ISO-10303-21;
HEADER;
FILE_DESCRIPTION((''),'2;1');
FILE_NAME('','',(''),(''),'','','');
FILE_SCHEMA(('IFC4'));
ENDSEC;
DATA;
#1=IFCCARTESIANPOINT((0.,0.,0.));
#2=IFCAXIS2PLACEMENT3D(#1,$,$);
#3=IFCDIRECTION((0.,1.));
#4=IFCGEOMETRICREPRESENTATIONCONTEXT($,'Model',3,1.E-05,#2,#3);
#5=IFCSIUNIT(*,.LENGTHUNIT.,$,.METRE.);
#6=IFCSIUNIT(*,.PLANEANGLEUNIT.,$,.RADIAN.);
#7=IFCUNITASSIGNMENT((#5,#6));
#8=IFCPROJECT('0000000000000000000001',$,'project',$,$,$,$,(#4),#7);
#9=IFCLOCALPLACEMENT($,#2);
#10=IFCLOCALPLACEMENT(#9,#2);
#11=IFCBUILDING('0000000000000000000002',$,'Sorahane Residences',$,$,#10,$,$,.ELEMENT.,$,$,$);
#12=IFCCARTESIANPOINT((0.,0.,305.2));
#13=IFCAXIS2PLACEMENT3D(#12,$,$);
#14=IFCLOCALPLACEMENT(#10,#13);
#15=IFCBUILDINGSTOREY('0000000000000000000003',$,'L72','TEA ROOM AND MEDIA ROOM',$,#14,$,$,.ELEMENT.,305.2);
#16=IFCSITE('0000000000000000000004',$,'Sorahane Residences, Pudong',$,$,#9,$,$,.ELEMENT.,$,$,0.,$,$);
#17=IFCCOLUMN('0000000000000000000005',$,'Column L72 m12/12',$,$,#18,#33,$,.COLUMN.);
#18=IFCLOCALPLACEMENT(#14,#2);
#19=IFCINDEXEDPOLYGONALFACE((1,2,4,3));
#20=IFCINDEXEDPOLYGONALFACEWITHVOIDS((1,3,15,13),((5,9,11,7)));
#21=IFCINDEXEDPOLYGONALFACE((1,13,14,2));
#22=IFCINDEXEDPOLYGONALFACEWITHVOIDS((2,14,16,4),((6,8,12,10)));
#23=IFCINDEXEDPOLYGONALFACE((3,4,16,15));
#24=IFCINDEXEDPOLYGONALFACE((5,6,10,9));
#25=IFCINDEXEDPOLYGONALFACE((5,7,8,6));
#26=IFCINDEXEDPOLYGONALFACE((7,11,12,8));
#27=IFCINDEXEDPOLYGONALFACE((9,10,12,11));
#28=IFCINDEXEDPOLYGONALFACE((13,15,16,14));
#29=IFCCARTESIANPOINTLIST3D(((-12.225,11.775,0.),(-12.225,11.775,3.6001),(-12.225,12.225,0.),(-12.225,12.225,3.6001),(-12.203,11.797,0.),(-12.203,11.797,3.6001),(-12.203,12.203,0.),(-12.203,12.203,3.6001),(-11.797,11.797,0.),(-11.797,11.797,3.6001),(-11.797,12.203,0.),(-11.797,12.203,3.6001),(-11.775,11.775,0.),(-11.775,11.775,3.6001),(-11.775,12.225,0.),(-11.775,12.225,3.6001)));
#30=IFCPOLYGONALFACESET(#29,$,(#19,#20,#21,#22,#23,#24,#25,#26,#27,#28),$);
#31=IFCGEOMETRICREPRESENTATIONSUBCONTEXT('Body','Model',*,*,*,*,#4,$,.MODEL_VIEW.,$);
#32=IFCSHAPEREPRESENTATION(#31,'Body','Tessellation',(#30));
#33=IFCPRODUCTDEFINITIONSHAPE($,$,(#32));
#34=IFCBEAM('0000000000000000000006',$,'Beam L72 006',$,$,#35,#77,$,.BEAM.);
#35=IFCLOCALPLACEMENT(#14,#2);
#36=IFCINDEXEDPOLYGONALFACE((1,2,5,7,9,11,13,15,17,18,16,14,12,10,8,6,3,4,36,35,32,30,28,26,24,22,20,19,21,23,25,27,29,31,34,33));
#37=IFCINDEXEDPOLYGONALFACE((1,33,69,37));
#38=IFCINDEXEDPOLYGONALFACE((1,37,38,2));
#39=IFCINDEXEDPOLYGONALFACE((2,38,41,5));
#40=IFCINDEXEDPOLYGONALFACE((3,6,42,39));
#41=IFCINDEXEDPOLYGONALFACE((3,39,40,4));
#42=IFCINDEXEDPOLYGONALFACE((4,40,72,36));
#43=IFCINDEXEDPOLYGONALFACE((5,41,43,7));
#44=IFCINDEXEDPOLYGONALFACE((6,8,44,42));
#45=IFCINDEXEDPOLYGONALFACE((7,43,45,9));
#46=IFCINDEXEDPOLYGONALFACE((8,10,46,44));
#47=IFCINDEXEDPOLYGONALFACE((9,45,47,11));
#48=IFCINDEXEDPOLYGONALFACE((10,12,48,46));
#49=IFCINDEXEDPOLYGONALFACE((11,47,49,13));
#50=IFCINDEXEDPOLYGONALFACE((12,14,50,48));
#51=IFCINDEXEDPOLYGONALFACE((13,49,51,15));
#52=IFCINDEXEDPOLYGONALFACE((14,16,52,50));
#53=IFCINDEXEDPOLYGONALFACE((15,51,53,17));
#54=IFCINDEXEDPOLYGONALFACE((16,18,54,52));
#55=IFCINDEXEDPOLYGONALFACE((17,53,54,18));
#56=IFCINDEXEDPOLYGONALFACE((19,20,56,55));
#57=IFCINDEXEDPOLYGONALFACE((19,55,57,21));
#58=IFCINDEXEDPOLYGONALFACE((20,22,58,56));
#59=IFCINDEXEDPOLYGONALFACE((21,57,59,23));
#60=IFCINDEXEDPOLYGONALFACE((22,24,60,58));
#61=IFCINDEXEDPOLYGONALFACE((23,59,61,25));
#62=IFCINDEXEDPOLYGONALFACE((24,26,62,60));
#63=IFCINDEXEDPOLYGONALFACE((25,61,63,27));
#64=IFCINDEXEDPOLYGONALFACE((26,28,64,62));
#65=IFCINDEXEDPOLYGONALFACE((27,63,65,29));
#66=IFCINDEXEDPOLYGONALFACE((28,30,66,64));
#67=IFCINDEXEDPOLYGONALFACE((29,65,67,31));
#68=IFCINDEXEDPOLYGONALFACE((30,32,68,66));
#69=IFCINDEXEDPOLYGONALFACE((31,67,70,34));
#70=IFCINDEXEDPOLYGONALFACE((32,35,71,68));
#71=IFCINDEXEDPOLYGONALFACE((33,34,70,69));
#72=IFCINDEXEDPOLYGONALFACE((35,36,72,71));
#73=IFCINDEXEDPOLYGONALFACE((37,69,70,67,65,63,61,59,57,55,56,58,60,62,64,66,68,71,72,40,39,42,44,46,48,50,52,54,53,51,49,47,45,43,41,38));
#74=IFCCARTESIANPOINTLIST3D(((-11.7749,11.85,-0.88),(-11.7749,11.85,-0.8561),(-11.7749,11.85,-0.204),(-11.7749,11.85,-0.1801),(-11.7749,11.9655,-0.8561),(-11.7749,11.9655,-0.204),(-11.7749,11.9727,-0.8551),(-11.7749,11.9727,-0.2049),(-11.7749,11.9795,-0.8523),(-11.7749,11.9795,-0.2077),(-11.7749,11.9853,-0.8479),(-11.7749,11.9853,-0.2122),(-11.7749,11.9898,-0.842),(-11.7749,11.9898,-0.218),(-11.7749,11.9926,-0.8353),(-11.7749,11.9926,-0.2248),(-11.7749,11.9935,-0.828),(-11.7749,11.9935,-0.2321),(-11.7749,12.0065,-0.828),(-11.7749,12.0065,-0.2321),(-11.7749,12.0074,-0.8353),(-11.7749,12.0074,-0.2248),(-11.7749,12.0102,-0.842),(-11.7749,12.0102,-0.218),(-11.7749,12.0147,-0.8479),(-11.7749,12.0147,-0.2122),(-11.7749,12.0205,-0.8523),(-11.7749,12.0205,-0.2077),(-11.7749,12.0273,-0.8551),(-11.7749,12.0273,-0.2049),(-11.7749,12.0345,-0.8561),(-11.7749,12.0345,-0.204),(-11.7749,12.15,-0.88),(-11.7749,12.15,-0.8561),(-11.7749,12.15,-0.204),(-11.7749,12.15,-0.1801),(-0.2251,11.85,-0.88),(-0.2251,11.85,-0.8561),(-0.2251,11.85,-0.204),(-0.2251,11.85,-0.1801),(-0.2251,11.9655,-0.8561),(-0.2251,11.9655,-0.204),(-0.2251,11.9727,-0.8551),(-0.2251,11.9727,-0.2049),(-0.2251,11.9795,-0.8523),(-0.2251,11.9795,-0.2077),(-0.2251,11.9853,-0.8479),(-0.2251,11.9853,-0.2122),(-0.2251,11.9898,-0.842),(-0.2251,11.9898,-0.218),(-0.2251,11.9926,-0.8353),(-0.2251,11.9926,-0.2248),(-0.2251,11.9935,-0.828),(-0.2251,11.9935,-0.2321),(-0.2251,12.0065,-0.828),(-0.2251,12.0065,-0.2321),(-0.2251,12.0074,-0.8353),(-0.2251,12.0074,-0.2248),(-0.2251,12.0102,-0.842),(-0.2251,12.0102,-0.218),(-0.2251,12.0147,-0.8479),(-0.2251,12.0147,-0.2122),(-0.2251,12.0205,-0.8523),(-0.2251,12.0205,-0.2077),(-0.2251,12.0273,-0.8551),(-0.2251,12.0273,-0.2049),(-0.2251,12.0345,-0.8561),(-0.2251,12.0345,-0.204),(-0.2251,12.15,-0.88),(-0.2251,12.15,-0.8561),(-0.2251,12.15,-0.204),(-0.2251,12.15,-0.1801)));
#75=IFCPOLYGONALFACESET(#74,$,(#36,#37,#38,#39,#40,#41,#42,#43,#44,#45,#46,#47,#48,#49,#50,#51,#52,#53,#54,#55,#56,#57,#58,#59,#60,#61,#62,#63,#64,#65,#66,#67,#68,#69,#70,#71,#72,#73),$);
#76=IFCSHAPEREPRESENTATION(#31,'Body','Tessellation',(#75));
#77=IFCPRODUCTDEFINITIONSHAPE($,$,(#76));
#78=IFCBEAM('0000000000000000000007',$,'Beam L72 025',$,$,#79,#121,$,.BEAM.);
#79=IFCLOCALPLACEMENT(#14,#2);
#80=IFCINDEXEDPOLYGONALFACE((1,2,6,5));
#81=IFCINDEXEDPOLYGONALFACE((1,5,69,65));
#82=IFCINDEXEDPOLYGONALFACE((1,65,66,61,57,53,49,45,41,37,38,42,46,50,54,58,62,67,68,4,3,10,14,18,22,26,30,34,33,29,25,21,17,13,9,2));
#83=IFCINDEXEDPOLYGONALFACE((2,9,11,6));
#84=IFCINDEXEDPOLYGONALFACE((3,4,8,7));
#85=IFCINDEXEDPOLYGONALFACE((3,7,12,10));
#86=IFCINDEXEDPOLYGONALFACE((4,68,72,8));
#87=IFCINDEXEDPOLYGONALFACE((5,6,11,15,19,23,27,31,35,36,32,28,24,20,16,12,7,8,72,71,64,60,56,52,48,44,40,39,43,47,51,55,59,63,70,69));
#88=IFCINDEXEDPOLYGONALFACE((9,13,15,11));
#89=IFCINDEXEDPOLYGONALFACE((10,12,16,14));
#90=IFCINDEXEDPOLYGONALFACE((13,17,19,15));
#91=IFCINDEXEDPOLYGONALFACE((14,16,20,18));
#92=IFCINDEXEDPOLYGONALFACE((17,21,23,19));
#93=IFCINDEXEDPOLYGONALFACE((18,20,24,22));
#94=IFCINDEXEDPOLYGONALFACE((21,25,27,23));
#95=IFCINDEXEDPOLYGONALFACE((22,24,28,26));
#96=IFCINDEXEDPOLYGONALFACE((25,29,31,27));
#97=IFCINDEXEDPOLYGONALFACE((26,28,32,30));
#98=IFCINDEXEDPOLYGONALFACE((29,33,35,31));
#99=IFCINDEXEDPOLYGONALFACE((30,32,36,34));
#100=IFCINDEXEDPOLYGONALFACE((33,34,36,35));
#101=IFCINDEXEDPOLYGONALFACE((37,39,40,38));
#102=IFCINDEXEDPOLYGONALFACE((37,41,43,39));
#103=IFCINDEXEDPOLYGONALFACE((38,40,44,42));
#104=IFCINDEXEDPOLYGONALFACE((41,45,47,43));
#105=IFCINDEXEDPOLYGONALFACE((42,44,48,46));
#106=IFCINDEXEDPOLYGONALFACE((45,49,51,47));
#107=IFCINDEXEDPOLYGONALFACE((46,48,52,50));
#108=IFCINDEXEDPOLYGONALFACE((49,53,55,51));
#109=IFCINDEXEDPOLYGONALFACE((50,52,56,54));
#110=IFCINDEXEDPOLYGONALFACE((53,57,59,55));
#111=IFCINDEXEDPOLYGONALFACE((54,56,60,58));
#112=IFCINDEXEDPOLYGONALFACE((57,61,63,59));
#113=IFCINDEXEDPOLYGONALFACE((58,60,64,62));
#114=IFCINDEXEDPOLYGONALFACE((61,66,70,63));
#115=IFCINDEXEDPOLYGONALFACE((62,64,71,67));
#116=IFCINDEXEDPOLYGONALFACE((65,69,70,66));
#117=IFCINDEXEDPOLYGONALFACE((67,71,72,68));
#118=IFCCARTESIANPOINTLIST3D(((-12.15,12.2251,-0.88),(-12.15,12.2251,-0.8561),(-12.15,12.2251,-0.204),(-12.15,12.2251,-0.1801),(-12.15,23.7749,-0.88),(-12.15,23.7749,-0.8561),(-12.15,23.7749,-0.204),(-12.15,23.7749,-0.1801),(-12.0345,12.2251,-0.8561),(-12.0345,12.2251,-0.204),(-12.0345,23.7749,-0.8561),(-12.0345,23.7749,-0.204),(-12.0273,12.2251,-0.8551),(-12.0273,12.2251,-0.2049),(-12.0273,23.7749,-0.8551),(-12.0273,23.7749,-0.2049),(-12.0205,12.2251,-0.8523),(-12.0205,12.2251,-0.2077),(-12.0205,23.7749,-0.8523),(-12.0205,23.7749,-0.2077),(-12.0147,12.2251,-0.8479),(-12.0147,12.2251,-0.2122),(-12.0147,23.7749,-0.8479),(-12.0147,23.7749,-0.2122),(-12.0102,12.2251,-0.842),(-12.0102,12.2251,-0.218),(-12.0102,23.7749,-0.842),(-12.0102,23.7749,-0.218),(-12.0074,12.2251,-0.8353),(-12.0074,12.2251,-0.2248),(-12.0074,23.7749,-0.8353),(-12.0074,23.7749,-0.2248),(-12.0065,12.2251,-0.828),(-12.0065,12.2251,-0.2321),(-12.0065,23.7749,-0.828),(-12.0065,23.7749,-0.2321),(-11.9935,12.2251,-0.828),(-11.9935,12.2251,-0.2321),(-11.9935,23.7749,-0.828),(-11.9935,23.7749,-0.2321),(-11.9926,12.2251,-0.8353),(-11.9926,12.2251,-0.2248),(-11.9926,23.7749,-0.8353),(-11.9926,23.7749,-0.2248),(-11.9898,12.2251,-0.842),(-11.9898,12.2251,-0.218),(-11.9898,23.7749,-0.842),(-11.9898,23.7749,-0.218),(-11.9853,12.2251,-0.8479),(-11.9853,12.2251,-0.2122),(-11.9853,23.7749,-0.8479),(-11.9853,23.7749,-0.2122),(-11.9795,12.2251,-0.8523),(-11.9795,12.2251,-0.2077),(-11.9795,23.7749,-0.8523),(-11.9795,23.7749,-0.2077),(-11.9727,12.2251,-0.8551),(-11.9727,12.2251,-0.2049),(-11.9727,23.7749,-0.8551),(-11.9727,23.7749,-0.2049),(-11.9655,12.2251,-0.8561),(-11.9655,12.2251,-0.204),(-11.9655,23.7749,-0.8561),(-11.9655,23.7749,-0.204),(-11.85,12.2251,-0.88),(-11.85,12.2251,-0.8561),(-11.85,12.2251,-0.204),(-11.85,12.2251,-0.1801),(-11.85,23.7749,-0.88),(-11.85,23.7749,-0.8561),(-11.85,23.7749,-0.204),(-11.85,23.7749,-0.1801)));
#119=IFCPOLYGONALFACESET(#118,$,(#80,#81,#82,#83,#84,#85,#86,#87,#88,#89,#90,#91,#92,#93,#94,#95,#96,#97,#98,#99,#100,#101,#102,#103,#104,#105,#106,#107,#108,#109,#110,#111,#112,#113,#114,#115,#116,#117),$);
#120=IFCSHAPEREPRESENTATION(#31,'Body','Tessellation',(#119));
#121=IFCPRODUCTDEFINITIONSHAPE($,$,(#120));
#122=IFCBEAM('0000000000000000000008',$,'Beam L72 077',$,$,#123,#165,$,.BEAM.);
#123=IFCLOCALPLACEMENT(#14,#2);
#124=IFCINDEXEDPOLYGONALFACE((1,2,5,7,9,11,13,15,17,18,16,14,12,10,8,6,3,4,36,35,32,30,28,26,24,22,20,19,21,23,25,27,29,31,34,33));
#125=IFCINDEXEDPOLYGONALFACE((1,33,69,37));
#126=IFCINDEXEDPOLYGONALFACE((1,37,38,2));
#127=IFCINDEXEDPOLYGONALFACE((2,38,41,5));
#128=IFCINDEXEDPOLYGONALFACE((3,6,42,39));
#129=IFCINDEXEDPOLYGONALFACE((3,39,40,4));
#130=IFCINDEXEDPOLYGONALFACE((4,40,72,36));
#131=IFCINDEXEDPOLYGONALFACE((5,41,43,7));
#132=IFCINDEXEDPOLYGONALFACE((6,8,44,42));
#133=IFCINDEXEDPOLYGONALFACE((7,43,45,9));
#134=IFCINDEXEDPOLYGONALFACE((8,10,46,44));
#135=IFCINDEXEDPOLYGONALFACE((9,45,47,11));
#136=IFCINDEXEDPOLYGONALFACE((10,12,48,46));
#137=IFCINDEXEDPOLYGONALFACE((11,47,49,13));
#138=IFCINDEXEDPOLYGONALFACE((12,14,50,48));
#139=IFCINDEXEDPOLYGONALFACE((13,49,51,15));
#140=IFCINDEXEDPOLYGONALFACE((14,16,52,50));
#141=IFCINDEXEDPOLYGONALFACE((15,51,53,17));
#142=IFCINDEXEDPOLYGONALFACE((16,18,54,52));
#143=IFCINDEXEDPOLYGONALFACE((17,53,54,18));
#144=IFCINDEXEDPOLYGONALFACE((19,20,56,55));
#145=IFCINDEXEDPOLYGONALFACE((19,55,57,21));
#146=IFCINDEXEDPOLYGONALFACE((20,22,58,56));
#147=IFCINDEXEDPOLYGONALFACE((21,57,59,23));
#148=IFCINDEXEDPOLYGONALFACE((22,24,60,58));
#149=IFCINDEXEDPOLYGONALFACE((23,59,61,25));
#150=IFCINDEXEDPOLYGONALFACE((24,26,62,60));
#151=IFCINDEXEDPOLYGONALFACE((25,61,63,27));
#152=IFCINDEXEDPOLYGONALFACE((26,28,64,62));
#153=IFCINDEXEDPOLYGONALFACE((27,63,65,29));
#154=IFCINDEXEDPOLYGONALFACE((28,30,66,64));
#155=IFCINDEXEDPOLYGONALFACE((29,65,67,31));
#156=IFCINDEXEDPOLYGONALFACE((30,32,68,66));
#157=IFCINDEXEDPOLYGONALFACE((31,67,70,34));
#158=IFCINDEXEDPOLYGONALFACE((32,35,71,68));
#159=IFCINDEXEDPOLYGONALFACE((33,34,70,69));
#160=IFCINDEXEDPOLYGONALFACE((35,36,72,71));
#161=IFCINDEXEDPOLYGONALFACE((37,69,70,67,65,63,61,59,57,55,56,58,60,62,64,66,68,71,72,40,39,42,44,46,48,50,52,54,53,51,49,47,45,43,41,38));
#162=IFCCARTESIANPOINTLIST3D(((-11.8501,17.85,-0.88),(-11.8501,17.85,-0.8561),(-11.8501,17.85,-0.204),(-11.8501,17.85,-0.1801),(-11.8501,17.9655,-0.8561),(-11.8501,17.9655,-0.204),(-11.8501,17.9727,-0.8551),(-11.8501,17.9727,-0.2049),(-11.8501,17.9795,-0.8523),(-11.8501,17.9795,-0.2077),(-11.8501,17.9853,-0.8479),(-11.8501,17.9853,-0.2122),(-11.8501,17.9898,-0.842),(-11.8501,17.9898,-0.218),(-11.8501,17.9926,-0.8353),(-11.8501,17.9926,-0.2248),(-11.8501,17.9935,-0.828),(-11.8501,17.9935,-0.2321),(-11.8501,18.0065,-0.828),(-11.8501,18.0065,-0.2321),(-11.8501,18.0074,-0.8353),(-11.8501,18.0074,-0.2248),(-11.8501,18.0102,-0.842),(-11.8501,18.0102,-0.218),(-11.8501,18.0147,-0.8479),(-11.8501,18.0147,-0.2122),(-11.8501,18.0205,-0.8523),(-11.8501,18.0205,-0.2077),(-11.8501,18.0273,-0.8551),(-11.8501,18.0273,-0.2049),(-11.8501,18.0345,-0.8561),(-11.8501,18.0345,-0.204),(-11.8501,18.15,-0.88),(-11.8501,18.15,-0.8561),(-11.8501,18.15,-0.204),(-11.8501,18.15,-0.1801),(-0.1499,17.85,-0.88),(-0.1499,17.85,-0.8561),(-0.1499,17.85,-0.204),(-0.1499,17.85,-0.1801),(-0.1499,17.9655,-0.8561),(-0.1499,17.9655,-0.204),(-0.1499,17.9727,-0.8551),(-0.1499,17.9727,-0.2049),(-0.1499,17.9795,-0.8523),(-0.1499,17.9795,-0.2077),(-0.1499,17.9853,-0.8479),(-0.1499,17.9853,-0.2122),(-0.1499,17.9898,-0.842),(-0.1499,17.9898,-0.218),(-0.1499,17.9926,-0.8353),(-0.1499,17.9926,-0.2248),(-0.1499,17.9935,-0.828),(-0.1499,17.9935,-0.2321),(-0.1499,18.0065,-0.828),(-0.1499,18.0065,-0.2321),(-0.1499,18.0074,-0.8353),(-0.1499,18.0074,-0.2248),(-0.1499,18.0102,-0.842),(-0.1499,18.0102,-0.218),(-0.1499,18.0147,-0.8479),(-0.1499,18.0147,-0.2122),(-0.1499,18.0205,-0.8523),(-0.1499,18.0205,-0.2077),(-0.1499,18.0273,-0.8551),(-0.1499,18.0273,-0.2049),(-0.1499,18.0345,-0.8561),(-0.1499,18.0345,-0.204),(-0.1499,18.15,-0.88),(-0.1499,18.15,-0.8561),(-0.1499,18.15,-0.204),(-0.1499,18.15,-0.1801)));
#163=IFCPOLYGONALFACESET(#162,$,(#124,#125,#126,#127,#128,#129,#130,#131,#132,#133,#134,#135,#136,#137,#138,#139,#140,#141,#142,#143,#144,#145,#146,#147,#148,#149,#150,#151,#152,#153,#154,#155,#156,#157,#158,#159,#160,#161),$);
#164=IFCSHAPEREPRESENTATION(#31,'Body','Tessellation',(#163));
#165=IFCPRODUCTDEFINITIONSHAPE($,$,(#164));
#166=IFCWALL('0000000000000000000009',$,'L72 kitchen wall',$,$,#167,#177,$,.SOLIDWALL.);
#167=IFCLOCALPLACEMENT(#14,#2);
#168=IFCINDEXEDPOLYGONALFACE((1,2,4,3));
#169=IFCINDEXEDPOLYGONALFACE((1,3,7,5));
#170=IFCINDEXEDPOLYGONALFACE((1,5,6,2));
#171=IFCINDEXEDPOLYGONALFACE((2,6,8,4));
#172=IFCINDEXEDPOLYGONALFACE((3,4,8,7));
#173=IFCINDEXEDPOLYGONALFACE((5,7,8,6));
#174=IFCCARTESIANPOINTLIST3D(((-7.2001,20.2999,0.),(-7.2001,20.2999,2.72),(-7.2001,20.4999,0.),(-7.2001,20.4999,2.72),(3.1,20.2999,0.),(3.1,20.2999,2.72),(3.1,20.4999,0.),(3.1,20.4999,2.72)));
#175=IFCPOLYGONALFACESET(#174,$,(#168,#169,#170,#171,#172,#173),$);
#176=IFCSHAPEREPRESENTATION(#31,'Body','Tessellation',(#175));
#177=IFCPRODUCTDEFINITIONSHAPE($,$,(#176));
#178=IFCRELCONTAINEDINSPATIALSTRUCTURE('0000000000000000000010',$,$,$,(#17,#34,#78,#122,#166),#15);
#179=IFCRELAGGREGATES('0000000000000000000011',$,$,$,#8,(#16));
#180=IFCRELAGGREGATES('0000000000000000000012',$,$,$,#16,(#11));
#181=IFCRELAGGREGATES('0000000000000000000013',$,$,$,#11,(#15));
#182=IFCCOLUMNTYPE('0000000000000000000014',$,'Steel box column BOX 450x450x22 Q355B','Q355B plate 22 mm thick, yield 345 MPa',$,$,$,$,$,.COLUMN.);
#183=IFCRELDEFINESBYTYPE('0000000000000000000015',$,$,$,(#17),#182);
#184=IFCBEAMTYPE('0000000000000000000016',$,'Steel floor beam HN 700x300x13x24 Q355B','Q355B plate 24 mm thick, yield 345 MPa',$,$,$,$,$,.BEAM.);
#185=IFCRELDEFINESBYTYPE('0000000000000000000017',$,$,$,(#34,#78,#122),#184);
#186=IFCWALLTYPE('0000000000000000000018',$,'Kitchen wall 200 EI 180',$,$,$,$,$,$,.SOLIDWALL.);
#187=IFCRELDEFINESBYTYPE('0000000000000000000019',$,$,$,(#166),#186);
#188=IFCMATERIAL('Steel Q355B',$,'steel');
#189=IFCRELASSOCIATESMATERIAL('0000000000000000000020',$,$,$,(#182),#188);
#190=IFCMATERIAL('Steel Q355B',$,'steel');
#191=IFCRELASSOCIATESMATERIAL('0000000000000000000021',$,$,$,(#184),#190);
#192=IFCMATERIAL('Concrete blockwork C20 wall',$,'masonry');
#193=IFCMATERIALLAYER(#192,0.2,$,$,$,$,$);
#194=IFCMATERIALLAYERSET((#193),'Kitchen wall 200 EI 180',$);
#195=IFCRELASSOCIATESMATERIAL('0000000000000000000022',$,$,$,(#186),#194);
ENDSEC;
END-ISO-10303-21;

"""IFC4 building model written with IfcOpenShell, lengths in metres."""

from ifc_helpers import new_model, si_unit, direction, frame, frame_2d, origin, origin_2d, place, context, subcontext, project, spatial, rectangle, hollow_rectangle, i_section, extrude, material, layer, layer_set, material_profile, profile_set, type_object, element, save


model = new_model("IFC4")

# Units and contexts
model_context = context("Model", 3, precision=1e-05, world=origin(), true_north=direction((0.0, 1.0)))
body_context = subcontext(model_context, "Body", "Model", "MODEL_VIEW")
ifc_project = project(units=[si_unit("LENGTHUNIT", "METRE"), si_unit("PLANEANGLEUNIT", "RADIAN")], contexts=[model_context])

# Site, building, storey
site_placement = place(None, origin())
site = spatial("IfcSite", under=ifc_project, at=site_placement, Name="Sorahane Residences, Pudong", CompositionType="ELEMENT", RefElevation=0.0)
building_placement = place(site_placement, origin())
building = spatial("IfcBuilding", under=site, at=building_placement, Name="Sorahane Residences", CompositionType="ELEMENT")
storey_placement = place(building_placement, frame((0.0, 0.0, 305.2)))
storey = spatial("IfcBuildingStorey", under=building, at=storey_placement, Name="L72", Description="TEA ROOM AND MEDIA ROOM", CompositionType="ELEMENT", Elevation=305.2)

# Column
ifc_material_1 = material(Name="Steel Q355B", Category="steel")
ifc_material_profile_1 = material_profile(ifc_material_1, hollow_rectangle(XDim=0.45, YDim=0.45, WallThickness=0.022, at=origin_2d()), Name="BOX 450x450x22")
ifc_profile_set_1 = profile_set([ifc_material_profile_1], Name="Steel Q355B")
column_type = type_object("IfcColumnType", Name="Steel box column BOX 450x450x22 Q355B", Description="Q355B plate 22 mm thick, yield 345 MPa", PredefinedType="COLUMN", material=ifc_profile_set_1)
column_placement = place(storey_placement, frame((-12.0, 12.0, 0.0), z_axis=(0.0, 0.0, 1.0), x_axis=(1.0, 0.0, 0.0)))
element("IfcColumn", 1, at=column_placement, inside=storey, type_object=column_type, Name="Column L72 m12/12", PredefinedType="COLUMN", context=body_context, shape_type="SweptSolid", body=[
    extrude(hollow_rectangle(XDim=0.45, YDim=0.45, WallThickness=0.022, at=origin_2d()), origin(), (0.0, 0.0, 1.0), 3.6001),
])

# Beams
ifc_material_2 = material(Name="Steel Q355B", Category="steel")
ifc_material_profile_2 = material_profile(ifc_material_2, i_section(OverallWidth=0.3, OverallDepth=0.7, WebThickness=0.0129, FlangeThickness=0.0239, FilletRadius=0.0281, at=origin_2d()), Name="HN 700x300x13x24")
ifc_profile_set_2 = profile_set([ifc_material_profile_2], Name="Steel Q355B")
beam_type = type_object("IfcBeamType", Name="Steel floor beam HN 700x300x13x24 Q355B", Description="Q355B plate 24 mm thick, yield 345 MPa", PredefinedType="BEAM", material=ifc_profile_set_2)
for number, where, z_axis, x_axis, name in (
    (2, (-11.7749, 12.0, -0.53), (1.0, 0.0, 0.0), (0.0, 1.0, 0.0), "Beam L72 006"),
    (3, (-12.0, 12.2251, -0.53), (0.0, 1.0, 0.0), (-1.0, 0.0, 0.0), "Beam L72 025"),
):
    element("IfcBeam", number, at=place(storey_placement, frame(where, z_axis=z_axis, x_axis=x_axis)), inside=storey, type_object=beam_type, Name=name, PredefinedType="BEAM", context=body_context, shape_type="SweptSolid", body=[
        extrude(i_section(OverallWidth=0.3, OverallDepth=0.7, WebThickness=0.0129, FlangeThickness=0.0239, FilletRadius=0.0281, at=origin_2d()), origin(), (0.0, 0.0, 1.0), 11.5498),
    ])
beam_placement = place(storey_placement, frame((-11.8501, 18.0, -0.53), z_axis=(1.0, 0.0, 0.0), x_axis=(0.0, 1.0, 0.0)))
element("IfcBeam", 4, at=beam_placement, inside=storey, type_object=beam_type, Name="Beam L72 077", PredefinedType="BEAM", context=body_context, shape_type="SweptSolid", body=[
    extrude(i_section(OverallWidth=0.3, OverallDepth=0.7, WebThickness=0.0129, FlangeThickness=0.0239, FilletRadius=0.0281, at=origin_2d()), origin(), (0.0, 0.0, 1.0), 11.7002),
])

# Shared definitions
ifc_material_3 = material(Name="Concrete blockwork C20 wall", Category="masonry")
ifc_layer_1 = layer(ifc_material_3, 0.2)
ifc_layer_set_1 = layer_set([ifc_layer_1], Name="Kitchen wall 200 EI 180")
wall_type_1 = type_object("IfcWallType", Name="Kitchen wall 200 EI 180", PredefinedType="SOLIDWALL", material=ifc_layer_set_1)

# Wall
wall_1_placement = place(storey_placement, frame((-7.2, 20.3999, 0.0), z_axis=(0.0, 0.0, 1.0), x_axis=(1.0, 0.0, 0.0)))
element("IfcWall", 5, at=wall_1_placement, inside=storey, type_object=wall_type_1, Name="L72 kitchen wall", PredefinedType="SOLIDWALL", context=body_context, shape_type="SweptSolid", body=[
    extrude(rectangle(XDim=10.3, YDim=0.2, at=frame_2d((5.1499, 0.0))), origin(), (0.0, 0.0, 1.0), 2.72),
])

save(model, "model.ifc")
